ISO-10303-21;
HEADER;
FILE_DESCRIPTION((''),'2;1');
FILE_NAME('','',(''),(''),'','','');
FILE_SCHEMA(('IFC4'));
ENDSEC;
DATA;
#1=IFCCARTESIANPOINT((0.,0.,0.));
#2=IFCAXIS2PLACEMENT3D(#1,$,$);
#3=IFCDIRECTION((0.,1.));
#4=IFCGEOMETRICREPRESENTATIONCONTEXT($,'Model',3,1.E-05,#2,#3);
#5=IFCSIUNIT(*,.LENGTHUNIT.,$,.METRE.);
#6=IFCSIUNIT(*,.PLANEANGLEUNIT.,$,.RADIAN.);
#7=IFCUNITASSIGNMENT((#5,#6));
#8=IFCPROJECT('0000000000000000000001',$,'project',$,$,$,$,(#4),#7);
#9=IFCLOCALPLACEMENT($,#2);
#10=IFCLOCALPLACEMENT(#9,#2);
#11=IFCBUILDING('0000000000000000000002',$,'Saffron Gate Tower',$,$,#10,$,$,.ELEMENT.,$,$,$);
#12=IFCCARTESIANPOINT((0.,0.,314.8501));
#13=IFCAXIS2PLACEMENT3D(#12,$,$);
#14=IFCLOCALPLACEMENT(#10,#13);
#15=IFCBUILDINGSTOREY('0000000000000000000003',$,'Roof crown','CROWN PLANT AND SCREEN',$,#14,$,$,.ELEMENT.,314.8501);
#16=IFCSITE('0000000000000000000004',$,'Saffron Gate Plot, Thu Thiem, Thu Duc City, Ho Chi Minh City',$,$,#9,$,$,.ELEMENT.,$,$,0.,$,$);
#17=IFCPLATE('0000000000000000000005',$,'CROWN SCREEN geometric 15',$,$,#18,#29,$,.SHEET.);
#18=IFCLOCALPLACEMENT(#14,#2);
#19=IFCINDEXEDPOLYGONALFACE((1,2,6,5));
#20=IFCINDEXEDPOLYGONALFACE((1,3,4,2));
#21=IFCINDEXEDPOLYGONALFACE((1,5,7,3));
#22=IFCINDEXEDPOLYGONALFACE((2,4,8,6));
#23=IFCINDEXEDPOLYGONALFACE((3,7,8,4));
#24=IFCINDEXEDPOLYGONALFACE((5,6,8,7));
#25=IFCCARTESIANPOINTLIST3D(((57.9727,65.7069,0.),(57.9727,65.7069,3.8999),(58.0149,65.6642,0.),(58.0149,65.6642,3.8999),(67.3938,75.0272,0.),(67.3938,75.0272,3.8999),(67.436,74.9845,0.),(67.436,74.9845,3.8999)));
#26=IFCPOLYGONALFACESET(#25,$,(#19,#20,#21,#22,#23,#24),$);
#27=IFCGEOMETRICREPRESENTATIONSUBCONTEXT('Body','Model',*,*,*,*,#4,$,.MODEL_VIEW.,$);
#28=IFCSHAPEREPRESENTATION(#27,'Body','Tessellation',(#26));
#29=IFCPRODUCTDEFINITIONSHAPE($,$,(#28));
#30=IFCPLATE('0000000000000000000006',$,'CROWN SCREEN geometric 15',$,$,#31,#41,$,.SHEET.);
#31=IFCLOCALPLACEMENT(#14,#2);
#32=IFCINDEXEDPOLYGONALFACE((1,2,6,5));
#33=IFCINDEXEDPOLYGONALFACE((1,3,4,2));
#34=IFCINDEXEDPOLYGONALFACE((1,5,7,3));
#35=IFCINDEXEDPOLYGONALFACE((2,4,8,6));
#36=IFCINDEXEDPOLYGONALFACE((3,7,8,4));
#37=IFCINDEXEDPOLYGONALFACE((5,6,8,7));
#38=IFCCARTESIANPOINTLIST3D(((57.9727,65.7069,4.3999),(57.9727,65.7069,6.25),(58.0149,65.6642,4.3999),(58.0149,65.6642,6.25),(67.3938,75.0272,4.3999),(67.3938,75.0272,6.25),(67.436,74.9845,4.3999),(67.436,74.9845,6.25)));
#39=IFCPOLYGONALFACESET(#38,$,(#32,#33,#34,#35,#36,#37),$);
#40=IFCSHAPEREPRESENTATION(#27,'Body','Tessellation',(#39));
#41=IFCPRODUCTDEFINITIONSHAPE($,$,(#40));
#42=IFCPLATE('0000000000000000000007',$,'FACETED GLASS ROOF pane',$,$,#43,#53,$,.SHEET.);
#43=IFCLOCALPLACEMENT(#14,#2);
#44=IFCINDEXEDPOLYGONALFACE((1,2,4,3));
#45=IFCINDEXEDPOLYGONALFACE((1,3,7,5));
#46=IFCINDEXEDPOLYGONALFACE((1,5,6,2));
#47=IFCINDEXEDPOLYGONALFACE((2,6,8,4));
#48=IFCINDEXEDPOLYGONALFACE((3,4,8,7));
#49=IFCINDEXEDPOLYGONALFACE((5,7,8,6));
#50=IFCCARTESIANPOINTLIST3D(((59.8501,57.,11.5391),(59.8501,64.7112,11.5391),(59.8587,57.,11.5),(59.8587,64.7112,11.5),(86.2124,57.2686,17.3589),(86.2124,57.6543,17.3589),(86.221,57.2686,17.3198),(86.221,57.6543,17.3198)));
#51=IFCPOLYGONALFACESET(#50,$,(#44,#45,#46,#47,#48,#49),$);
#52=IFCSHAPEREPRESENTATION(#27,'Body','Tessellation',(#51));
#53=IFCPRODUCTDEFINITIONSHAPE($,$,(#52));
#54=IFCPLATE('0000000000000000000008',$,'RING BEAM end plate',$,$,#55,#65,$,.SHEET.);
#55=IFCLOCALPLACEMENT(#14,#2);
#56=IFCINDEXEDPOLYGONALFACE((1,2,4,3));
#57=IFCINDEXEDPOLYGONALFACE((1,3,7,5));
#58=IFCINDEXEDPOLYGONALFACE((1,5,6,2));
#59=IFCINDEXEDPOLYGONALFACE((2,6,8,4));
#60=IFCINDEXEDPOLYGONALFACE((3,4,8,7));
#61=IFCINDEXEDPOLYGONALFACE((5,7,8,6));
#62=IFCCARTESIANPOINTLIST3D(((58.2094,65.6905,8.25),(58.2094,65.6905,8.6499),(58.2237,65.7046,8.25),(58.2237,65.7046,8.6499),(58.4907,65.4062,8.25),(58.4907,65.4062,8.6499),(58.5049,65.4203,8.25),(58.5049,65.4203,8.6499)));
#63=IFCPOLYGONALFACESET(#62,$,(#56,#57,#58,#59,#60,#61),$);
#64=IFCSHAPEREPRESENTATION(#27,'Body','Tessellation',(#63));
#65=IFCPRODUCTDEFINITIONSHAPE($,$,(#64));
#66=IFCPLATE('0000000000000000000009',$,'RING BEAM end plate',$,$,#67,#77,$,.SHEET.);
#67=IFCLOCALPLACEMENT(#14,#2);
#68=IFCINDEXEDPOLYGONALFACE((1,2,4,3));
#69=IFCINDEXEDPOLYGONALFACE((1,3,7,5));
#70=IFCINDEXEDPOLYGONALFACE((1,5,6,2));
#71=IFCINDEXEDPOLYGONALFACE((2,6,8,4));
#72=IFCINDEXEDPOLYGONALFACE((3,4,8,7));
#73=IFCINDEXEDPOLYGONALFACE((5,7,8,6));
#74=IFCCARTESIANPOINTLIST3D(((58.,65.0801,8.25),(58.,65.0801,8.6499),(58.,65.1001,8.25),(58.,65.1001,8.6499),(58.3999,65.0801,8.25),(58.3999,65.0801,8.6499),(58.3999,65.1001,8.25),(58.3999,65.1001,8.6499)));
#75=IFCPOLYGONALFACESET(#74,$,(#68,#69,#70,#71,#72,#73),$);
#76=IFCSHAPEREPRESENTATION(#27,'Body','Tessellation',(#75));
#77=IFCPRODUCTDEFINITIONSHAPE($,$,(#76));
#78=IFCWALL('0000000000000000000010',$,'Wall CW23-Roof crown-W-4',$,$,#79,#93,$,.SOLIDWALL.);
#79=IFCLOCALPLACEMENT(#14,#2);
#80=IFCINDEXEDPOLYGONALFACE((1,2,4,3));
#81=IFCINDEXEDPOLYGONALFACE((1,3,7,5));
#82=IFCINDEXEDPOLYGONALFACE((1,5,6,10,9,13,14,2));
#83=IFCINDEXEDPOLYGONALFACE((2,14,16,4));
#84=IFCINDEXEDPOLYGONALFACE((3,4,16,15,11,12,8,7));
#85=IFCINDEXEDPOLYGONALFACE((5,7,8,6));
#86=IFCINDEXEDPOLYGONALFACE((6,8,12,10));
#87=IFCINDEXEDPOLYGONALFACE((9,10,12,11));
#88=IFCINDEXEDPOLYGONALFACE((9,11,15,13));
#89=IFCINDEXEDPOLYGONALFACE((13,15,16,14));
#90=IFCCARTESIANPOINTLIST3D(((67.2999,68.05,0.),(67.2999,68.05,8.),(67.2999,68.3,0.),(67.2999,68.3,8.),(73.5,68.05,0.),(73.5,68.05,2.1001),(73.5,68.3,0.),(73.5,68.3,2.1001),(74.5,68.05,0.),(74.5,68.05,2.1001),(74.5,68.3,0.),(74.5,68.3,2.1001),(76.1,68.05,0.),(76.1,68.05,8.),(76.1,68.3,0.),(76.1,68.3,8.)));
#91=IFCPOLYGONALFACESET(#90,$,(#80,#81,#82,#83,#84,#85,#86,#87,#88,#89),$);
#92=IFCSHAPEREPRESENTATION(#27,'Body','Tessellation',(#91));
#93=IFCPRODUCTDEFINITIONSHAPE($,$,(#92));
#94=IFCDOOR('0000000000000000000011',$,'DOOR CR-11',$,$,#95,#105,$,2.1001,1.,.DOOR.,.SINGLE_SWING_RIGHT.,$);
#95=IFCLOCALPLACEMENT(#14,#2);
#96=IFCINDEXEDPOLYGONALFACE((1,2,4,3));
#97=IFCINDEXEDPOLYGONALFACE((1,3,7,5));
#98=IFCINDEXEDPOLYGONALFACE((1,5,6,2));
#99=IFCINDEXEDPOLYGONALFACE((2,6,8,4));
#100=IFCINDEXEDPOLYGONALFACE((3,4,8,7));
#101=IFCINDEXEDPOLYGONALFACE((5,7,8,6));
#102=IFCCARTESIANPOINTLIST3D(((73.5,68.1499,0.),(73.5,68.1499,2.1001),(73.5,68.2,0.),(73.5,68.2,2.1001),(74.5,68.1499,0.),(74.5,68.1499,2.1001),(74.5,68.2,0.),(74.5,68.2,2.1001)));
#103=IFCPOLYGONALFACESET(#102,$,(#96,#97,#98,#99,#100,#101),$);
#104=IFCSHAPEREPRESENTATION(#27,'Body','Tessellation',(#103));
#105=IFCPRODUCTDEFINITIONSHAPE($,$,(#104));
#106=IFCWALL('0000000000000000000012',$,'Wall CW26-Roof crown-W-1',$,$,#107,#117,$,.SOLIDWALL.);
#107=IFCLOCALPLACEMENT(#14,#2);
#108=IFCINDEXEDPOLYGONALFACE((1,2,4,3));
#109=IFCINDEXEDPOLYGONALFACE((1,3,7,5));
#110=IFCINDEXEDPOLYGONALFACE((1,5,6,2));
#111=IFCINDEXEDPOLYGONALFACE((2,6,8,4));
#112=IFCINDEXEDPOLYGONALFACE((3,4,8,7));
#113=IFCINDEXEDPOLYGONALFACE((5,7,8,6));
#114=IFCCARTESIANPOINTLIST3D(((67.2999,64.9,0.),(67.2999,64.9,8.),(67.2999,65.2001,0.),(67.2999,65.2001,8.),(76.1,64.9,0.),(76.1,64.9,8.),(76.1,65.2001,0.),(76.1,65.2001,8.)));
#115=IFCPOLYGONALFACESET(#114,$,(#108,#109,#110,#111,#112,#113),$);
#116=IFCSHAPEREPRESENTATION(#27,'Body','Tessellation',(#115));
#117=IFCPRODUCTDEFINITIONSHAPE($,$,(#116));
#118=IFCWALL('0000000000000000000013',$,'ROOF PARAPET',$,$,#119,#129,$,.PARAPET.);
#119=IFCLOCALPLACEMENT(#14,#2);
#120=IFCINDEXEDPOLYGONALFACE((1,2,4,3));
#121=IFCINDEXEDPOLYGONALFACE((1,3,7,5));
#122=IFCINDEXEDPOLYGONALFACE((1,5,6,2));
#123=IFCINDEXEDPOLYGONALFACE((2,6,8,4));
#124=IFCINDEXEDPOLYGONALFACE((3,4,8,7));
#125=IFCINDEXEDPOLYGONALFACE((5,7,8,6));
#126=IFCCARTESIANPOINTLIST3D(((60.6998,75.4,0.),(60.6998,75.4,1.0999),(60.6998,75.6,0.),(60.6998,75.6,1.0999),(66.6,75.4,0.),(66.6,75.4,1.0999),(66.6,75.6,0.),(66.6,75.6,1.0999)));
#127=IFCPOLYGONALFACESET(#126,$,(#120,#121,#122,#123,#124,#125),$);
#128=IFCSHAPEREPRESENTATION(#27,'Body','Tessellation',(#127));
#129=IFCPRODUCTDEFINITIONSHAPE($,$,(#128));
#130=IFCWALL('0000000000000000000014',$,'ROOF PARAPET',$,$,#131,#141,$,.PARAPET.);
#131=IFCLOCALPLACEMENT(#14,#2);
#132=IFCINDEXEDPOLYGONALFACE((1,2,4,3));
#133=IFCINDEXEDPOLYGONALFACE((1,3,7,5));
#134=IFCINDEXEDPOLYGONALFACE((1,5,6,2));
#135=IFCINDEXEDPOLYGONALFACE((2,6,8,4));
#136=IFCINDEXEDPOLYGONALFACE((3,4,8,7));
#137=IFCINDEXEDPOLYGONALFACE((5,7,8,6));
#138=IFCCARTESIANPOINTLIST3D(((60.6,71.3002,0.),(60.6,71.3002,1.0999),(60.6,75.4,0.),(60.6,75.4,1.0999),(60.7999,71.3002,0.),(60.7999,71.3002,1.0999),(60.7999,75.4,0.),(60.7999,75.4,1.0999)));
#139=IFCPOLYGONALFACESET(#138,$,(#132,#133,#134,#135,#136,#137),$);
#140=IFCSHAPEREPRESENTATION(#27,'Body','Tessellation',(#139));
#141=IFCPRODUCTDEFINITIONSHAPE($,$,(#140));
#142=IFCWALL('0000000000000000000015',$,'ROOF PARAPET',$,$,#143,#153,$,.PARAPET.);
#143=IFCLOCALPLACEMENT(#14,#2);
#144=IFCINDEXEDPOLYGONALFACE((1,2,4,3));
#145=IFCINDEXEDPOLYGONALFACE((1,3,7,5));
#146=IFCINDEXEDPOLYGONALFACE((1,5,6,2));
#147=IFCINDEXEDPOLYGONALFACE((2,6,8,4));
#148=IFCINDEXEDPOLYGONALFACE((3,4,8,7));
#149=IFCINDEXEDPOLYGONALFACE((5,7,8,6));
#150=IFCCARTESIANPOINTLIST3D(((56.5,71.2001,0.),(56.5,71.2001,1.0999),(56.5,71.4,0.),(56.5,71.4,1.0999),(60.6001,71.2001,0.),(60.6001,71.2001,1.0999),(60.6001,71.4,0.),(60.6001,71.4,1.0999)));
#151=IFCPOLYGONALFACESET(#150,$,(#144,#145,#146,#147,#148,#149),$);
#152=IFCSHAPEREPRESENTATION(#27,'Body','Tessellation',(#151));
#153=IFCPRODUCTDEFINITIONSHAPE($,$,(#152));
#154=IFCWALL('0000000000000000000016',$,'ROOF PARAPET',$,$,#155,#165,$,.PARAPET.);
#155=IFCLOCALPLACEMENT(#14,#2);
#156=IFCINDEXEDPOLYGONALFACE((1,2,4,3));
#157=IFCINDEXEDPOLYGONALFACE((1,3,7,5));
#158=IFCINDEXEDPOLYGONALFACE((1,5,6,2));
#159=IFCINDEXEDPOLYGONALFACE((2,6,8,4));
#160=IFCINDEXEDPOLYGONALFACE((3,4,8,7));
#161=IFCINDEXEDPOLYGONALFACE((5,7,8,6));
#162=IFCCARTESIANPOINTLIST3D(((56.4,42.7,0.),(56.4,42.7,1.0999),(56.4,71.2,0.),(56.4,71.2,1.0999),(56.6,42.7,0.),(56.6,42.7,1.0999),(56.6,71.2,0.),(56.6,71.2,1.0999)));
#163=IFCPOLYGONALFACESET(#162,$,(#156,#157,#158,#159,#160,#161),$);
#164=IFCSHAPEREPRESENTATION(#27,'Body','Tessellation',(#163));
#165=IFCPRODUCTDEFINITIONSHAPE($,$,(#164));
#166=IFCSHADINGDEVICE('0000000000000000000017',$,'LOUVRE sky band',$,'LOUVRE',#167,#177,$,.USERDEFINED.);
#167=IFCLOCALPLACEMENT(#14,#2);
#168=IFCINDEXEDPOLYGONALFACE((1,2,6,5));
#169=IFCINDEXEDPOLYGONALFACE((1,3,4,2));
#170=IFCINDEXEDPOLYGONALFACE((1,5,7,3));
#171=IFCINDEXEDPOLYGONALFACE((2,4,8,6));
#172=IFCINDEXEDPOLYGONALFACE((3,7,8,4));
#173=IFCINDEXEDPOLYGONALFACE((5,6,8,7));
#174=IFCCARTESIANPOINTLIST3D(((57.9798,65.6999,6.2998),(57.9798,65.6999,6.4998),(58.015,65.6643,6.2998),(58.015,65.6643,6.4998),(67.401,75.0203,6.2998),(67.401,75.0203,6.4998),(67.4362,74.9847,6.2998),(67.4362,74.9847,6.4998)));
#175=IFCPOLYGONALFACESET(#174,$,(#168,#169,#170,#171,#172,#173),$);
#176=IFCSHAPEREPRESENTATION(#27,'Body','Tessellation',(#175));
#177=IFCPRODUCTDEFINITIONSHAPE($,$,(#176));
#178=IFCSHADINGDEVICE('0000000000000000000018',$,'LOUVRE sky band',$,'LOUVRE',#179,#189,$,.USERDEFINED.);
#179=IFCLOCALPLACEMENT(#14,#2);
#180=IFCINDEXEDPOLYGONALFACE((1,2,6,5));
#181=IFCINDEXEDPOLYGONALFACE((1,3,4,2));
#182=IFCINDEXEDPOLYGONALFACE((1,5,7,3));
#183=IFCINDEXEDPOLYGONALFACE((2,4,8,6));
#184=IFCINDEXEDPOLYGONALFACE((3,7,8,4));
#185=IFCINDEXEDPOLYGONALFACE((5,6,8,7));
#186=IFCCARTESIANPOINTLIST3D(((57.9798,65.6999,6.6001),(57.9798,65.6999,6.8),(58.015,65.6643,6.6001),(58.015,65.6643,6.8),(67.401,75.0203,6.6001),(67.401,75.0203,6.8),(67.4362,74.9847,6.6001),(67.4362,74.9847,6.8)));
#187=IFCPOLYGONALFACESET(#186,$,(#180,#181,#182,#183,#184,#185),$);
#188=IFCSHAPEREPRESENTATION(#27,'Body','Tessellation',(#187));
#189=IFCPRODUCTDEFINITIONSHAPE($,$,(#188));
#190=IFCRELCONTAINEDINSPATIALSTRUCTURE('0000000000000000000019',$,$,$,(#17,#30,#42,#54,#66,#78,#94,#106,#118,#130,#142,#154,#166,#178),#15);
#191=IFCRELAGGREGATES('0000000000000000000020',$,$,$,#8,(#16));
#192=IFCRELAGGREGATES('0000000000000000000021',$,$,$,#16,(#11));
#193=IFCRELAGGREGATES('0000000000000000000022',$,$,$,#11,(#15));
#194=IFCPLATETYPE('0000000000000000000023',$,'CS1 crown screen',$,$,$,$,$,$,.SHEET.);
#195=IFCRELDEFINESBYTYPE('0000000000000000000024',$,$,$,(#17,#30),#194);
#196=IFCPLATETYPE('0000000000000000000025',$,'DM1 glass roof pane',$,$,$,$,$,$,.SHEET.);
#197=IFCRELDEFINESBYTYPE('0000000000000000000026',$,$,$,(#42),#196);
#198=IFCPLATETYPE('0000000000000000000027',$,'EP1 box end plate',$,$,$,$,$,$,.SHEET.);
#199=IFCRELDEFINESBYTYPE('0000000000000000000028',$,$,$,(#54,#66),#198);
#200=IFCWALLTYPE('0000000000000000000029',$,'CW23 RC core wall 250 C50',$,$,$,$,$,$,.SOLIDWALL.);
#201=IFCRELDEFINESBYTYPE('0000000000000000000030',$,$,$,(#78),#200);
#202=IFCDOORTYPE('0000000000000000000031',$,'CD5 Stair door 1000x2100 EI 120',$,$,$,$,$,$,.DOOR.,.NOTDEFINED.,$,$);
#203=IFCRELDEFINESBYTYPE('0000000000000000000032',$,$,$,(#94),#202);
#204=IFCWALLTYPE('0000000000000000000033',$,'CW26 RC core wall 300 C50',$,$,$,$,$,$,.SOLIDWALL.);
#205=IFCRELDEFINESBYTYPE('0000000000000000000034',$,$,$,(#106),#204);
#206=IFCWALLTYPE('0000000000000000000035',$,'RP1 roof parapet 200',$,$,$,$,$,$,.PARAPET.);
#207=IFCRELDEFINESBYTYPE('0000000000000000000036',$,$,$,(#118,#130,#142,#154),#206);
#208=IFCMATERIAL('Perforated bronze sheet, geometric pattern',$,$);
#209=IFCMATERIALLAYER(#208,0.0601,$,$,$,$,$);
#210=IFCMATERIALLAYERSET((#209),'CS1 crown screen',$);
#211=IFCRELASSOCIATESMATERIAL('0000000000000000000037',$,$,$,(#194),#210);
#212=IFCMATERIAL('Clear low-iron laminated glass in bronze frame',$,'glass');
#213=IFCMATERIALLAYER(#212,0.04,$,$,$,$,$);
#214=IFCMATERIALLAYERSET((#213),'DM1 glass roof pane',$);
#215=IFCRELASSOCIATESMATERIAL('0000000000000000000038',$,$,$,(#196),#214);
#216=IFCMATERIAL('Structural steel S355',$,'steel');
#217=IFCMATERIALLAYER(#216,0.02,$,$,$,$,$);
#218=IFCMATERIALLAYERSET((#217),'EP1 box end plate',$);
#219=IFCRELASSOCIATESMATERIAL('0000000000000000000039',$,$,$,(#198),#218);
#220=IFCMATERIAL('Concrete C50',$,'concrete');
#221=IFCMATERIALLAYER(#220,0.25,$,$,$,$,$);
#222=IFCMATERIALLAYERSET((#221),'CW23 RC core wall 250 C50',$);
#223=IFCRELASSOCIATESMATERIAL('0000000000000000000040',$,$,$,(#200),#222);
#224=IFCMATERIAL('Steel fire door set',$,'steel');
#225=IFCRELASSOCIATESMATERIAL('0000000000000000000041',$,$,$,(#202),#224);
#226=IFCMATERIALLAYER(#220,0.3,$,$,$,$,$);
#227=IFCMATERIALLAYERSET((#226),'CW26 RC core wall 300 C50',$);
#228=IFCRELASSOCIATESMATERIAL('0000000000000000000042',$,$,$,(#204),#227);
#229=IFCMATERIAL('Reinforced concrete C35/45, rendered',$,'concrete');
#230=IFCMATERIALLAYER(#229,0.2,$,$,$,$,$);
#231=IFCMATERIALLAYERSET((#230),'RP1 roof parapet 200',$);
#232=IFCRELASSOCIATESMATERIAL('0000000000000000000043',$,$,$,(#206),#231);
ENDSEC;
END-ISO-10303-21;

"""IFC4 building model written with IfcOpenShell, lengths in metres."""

from ifc_helpers import new_model, si_unit, direction, frame, frame_2d, origin, origin_2d, place, context, subcontext, project, spatial, polyline, rectangle, outline, extrude, material, layer, layer_set, type_object, element, fill, save


model = new_model("IFC4")

# Units and contexts
model_context = context("Model", 3, precision=1e-05, world=origin(), true_north=direction((0.0, 1.0)))
body_context = subcontext(model_context, "Body", "Model", "MODEL_VIEW")
ifc_project = project(units=[si_unit("LENGTHUNIT", "METRE"), si_unit("PLANEANGLEUNIT", "RADIAN")], contexts=[model_context])

# Site, building, storey
site_placement = place(None, origin())
site = spatial("IfcSite", under=ifc_project, at=site_placement, Name="Saffron Gate Plot, Thu Thiem, Thu Duc City, Ho Chi Minh City", CompositionType="ELEMENT", RefElevation=0.0)
building_placement = place(site_placement, origin())
building = spatial("IfcBuilding", under=site, at=building_placement, Name="Saffron Gate Tower", CompositionType="ELEMENT")
storey_placement = place(building_placement, frame((0.0, 0.0, 314.8501)))
storey = spatial("IfcBuildingStorey", under=building, at=storey_placement, Name="Roof crown", Description="CROWN PLANT AND SCREEN", CompositionType="ELEMENT", Elevation=314.8501)

# Shared definitions
ifc_material_1 = material(Name="Structural steel S355", Category="steel")

# Plates
ifc_material_2 = material(Name="Perforated bronze sheet, geometric pattern")
ifc_layer_1 = layer(ifc_material_2, 0.0601)
ifc_layer_set_1 = layer_set([ifc_layer_1], Name="CS1 crown screen")
plate_type_1 = type_object("IfcPlateType", Name="CS1 crown screen", PredefinedType="SHEET", material=ifc_layer_set_1)
plate_1_placement = place(storey_placement, frame((62.7043, 70.3457, 0.0), z_axis=(0.0, 0.0, 1.0), x_axis=(-0.710898, -0.703295, 0.0)))
element("IfcPlate", 1, at=plate_1_placement, inside=storey, type_object=plate_type_1, Name="CROWN SCREEN geometric 15", PredefinedType="SHEET", context=body_context, shape_type="SweptSolid", body=[
    extrude(rectangle(XDim=13.2524, YDim=0.0601, at=origin_2d()), origin(), (0.0, 0.0, 1.0), 3.8999),
])
plate_2_placement = place(storey_placement, frame((62.7043, 70.3457, 4.3999), z_axis=(0.0, 0.0, 1.0), x_axis=(-0.710898, -0.703295, 0.0)))
element("IfcPlate", 2, at=plate_2_placement, inside=storey, type_object=plate_type_1, Name="CROWN SCREEN geometric 15", PredefinedType="SHEET", context=body_context, shape_type="SweptSolid", body=[
    extrude(rectangle(XDim=13.2524, YDim=0.0601, at=origin_2d()), origin(), (0.0, 0.0, 1.0), 1.8501),
])
ifc_material_3 = material(Name="Clear low-iron laminated glass in bronze frame", Category="glass")
ifc_layer_2 = layer(ifc_material_3, 0.04)
ifc_layer_set_2 = layer_set([ifc_layer_2], Name="DM1 glass roof pane")
plate_type_2 = type_object("IfcPlateType", Name="DM1 glass roof pane", PredefinedType="SHEET", material=ifc_layer_set_2)
plate_3_placement = place(storey_placement, frame((59.8501, 64.7112, 11.5391), z_axis=(-0.215572, 0.0, 0.976488), x_axis=(0.0, -1.0, 0.0)))
element("IfcPlate", 3, at=plate_3_placement, inside=storey, type_object=plate_type_2, Name="FACETED GLASS ROOF pane", PredefinedType="SHEET", context=body_context, shape_type="SweptSolid", body=[
    extrude(outline(polyline([(0.0, 0.0), (7.7112, 0.0), (7.4426, 26.9971), (7.0569, 26.9971), (0.0, 0.0)])), origin(), (0.0, 0.0, -1.0), 0.04),
])
ifc_layer_3 = layer(ifc_material_1, 0.02)
ifc_layer_set_3 = layer_set([ifc_layer_3], Name="EP1 box end plate")
plate_type_3 = type_object("IfcPlateType", Name="EP1 box end plate", PredefinedType="SHEET", material=ifc_layer_set_3)
for number, where, z_axis, x_axis, name in (
    (4, (58.3572, 65.5554, 8.25), (0.0, 0.0, 1.0), (-0.710903, -0.70329, 0.0), "RING BEAM end plate"),
    (5, (58.2, 65.0901, 8.25), (0.0, 0.0, 1.0), (0.0, -1.0, 0.0), "RING BEAM end plate"),
):
    element("IfcPlate", number, at=place(storey_placement, frame(where, z_axis=z_axis, x_axis=x_axis)), inside=storey, type_object=plate_type_3, Name=name, PredefinedType="SHEET", context=body_context, shape_type="SweptSolid", body=[
        extrude(rectangle(XDim=0.02, YDim=0.3999, at=origin_2d()), origin(), (0.0, 0.0, 1.0), 0.3999),
    ])

# Wall, opening, door
ifc_material_4 = material(Name="Concrete C50", Category="concrete")
ifc_layer_4 = layer(ifc_material_4, 0.25)
ifc_layer_set_4 = layer_set([ifc_layer_4], Name="CW23 RC core wall 250 C50")
wall_type_1 = type_object("IfcWallType", Name="CW23 RC core wall 250 C50", PredefinedType="SOLIDWALL", material=ifc_layer_set_4)
wall_1_placement = place(storey_placement, frame((67.3, 68.175, 0.0), z_axis=(0.0, 0.0, 1.0), x_axis=(1.0, 0.0, 0.0)))
wall_1 = element("IfcWall", 6, at=wall_1_placement, inside=storey, type_object=wall_type_1, Name="Wall CW23-Roof crown-W-4", PredefinedType="SOLIDWALL", context=body_context, shape_type="SweptSolid", body=[
    extrude(rectangle(XDim=8.8, YDim=0.25, at=frame_2d((4.3999, 0.0))), origin(), (0.0, 0.0, 1.0), 8.0),
])
opening_placement = place(wall_1_placement, frame((6.2, 0.0, 0.0)))
opening = element("IfcOpeningElement", 7, at=opening_placement, cuts=wall_1, PredefinedType="OPENING", context=body_context, shape_type="SweptSolid", body=[
    extrude(rectangle(XDim=1.0, YDim=2.1001, at=frame_2d((0.5, 1.05))), frame((0.0, 0.135, 0.0), z_axis=(0.0, -1.0, 0.0), x_axis=(1.0, 0.0, 0.0)), (0.0, 0.0, 1.0), 0.27),
])
ifc_material_5 = material(Name="Steel fire door set", Category="steel")
door_type = type_object("IfcDoorType", Name="CD5 Stair door 1000x2100 EI 120", OperationType="NOTDEFINED", PredefinedType="DOOR", material=ifc_material_5)
door_placement = place(opening_placement, origin())
door = element("IfcDoor", 8, at=door_placement, inside=storey, type_object=door_type, Name="DOOR CR-11", OperationType="SINGLE_SWING_RIGHT", OverallHeight=2.1001, OverallWidth=1.0, PredefinedType="DOOR", context=body_context, shape_type="SweptSolid", body=[
    extrude(rectangle(XDim=1.0, YDim=2.1001, at=frame_2d((0.5, 1.05))), frame((0.0, 0.0249, 0.0), z_axis=(0.0, -1.0, 0.0), x_axis=(1.0, 0.0, 0.0)), (0.0, 0.0, 1.0), 0.05),
])
fill(opening, door)

# Walls
ifc_layer_5 = layer(ifc_material_4, 0.3)
ifc_layer_set_5 = layer_set([ifc_layer_5], Name="CW26 RC core wall 300 C50")
wall_type_2 = type_object("IfcWallType", Name="CW26 RC core wall 300 C50", PredefinedType="SOLIDWALL", material=ifc_layer_set_5)
wall_2_placement = place(storey_placement, frame((67.3, 65.05, 0.0), z_axis=(0.0, 0.0, 1.0), x_axis=(1.0, 0.0, 0.0)))
element("IfcWall", 9, at=wall_2_placement, inside=storey, type_object=wall_type_2, Name="Wall CW26-Roof crown-W-1", PredefinedType="SOLIDWALL", context=body_context, shape_type="SweptSolid", body=[
    extrude(rectangle(XDim=8.8, YDim=0.3, at=frame_2d((4.3999, 0.0))), origin(), (0.0, 0.0, 1.0), 8.0),
])
ifc_material_6 = material(Name="Reinforced concrete C35/45, rendered", Category="concrete")
ifc_layer_6 = layer(ifc_material_6, 0.2)
ifc_layer_set_6 = layer_set([ifc_layer_6], Name="RP1 roof parapet 200")
wall_type_3 = type_object("IfcWallType", Name="RP1 roof parapet 200", PredefinedType="PARAPET", material=ifc_layer_set_6)
wall_3_placement = place(storey_placement, frame((66.6001, 75.5, 0.0), z_axis=(0.0, 0.0, 1.0), x_axis=(-1.0, 0.0, 0.0)))
element("IfcWall", 10, at=wall_3_placement, inside=storey, type_object=wall_type_3, Name="ROOF PARAPET", PredefinedType="PARAPET", context=body_context, shape_type="SweptSolid", body=[
    extrude(rectangle(XDim=5.9001, YDim=0.2, at=frame_2d((2.9502, 0.0))), origin(), (0.0, 0.0, 1.0), 1.0999),
])
wall_4_placement = place(storey_placement, frame((60.7, 75.3999, 0.0), z_axis=(0.0, 0.0, 1.0), x_axis=(0.0, -1.0, 0.0)))
element("IfcWall", 11, at=wall_4_placement, inside=storey, type_object=wall_type_3, Name="ROOF PARAPET", PredefinedType="PARAPET", context=body_context, shape_type="SweptSolid", body=[
    extrude(rectangle(XDim=4.0999, YDim=0.2, at=frame_2d((2.0498, 0.0))), origin(), (0.0, 0.0, 1.0), 1.0999),
])
wall_5_placement = place(storey_placement, frame((60.6001, 71.3, 0.0), z_axis=(0.0, 0.0, 1.0), x_axis=(-1.0, 0.0, 0.0)))
element("IfcWall", 12, at=wall_5_placement, inside=storey, type_object=wall_type_3, Name="ROOF PARAPET", PredefinedType="PARAPET", context=body_context, shape_type="SweptSolid", body=[
    extrude(rectangle(XDim=4.1001, YDim=0.2, at=frame_2d((2.05, 0.0))), origin(), (0.0, 0.0, 1.0), 1.0999),
])
wall_6_placement = place(storey_placement, frame((56.5, 71.2, 0.0), z_axis=(0.0, 0.0, 1.0), x_axis=(0.0, -1.0, 0.0)))
element("IfcWall", 13, at=wall_6_placement, inside=storey, type_object=wall_type_3, Name="ROOF PARAPET", PredefinedType="PARAPET", context=body_context, shape_type="SweptSolid", body=[
    extrude(rectangle(XDim=28.5, YDim=0.2, at=frame_2d((14.25, 0.0))), origin(), (0.0, 0.0, 1.0), 1.0999),
])

# Shading devices
for number, where, z_axis, x_axis, name in (
    (14, (62.708, 70.3423, 6.2998), (0.0, 0.0, 1.0), (-0.710898, -0.703295, 0.0), "LOUVRE sky band"),
    (15, (62.708, 70.3423, 6.6001), (0.0, 0.0, 1.0), (-0.710898, -0.703295, 0.0), "LOUVRE sky band"),
):
    element("IfcShadingDevice", number, at=place(storey_placement, frame(where, z_axis=z_axis, x_axis=x_axis)), inside=storey, Name=name, ObjectType="LOUVRE", PredefinedType="USERDEFINED", context=body_context, shape_type="SweptSolid", body=[
        extrude(rectangle(XDim=13.2524, YDim=0.05, at=origin_2d()), origin(), (0.0, 0.0, 1.0), 0.2),
    ])

save(model, "model.ifc")
